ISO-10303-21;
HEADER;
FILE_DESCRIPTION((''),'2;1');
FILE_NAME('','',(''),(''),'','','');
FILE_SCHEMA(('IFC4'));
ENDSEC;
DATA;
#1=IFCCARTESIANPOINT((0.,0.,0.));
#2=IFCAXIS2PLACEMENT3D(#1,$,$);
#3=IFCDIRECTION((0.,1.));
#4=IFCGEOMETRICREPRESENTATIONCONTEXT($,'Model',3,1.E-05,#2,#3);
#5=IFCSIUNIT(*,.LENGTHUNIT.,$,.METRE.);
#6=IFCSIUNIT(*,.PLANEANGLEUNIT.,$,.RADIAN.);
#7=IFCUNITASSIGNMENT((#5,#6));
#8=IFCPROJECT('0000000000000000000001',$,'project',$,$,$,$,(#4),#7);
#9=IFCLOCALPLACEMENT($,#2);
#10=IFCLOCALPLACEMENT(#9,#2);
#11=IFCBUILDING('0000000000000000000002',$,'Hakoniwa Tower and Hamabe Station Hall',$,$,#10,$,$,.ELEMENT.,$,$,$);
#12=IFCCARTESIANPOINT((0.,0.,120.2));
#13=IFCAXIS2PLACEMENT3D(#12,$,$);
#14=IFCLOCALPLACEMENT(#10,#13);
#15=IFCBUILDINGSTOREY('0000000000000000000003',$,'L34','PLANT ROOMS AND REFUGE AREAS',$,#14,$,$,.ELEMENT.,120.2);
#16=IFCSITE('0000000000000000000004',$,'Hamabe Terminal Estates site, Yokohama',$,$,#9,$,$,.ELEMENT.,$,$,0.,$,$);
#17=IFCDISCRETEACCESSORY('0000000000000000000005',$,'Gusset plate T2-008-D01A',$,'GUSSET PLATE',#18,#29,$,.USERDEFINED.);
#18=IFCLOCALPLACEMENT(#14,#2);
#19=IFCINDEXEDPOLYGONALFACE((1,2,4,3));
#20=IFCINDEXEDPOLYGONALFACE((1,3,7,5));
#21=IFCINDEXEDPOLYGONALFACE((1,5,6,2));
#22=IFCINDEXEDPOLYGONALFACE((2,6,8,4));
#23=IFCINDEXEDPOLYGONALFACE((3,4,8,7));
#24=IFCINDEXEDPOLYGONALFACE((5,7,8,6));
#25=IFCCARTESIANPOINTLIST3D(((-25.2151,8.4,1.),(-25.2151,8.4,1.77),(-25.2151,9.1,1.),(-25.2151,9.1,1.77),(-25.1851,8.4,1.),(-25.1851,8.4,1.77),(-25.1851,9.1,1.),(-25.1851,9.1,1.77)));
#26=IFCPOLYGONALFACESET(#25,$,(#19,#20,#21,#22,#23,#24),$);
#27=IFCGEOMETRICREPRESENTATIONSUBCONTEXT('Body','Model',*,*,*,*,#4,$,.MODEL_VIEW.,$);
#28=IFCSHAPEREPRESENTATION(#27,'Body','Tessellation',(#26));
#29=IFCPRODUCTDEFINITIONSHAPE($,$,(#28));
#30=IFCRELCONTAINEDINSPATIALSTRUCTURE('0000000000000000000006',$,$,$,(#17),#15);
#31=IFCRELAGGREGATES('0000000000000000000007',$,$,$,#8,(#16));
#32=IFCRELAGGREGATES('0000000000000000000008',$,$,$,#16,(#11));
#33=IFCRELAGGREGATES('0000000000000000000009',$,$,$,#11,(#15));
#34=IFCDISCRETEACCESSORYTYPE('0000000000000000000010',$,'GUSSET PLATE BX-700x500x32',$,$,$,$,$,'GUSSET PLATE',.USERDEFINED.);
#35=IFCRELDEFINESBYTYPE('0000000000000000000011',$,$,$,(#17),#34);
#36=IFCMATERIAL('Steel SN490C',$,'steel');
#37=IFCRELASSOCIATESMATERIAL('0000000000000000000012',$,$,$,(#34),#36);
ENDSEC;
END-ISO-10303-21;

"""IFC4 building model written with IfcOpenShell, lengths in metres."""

from ifc_helpers import new_model, si_unit, direction, frame, origin, origin_2d, place, context, subcontext, project, spatial, rectangle, extrude, material, material_profile, profile_set, type_object, element, save


model = new_model("IFC4")

# Units and contexts
model_context = context("Model", 3, precision=1e-05, world=origin(), true_north=direction((0.0, 1.0)))
body_context = subcontext(model_context, "Body", "Model", "MODEL_VIEW")
ifc_project = project(units=[si_unit("LENGTHUNIT", "METRE"), si_unit("PLANEANGLEUNIT", "RADIAN")], contexts=[model_context])

# Site, building, storey
site_placement = place(None, origin())
site = spatial("IfcSite", under=ifc_project, at=site_placement, Name="Hamabe Terminal Estates site, Yokohama", CompositionType="ELEMENT", RefElevation=0.0)
building_placement = place(site_placement, origin())
building = spatial("IfcBuilding", under=site, at=building_placement, Name="Hakoniwa Tower and Hamabe Station Hall", CompositionType="ELEMENT")
storey_placement = place(building_placement, frame((0.0, 0.0, 120.2)))
storey = spatial("IfcBuildingStorey", under=building, at=storey_placement, Name="L34", Description="PLANT ROOMS AND REFUGE AREAS", CompositionType="ELEMENT", Elevation=120.2)

# Discrete accessory
ifc_material_1 = material(Name="Steel SN490C", Category="steel")
ifc_material_profile_1 = material_profile(ifc_material_1, rectangle(XDim=0.7, YDim=0.77, at=origin_2d()), Name="GUSSET PLATE BX-700x500x32")
ifc_profile_set_1 = profile_set([ifc_material_profile_1], Name="Steel SN490C")
discrete_accessory_type_1 = type_object("IfcDiscreteAccessoryType", Name="GUSSET PLATE BX-700x500x32", ElementType="GUSSET PLATE", PredefinedType="USERDEFINED", material=ifc_profile_set_1)
discrete_accessory_placement = place(storey_placement, frame((-25.1851, 8.75, 1.385), z_axis=(-1.0, 0.0, 0.0), x_axis=(0.0, -1.0, 0.0)))
element("IfcDiscreteAccessory", 1, at=discrete_accessory_placement, inside=storey, type_object=discrete_accessory_type_1, Name="Gusset plate T2-008-D01A", ObjectType="GUSSET PLATE", PredefinedType="USERDEFINED", context=body_context, shape_type="SweptSolid", body=[
    extrude(rectangle(XDim=0.7, YDim=0.77, at=origin_2d()), origin(), (0.0, 0.0, 1.0), 0.03),
])

save(model, "model.ifc")
